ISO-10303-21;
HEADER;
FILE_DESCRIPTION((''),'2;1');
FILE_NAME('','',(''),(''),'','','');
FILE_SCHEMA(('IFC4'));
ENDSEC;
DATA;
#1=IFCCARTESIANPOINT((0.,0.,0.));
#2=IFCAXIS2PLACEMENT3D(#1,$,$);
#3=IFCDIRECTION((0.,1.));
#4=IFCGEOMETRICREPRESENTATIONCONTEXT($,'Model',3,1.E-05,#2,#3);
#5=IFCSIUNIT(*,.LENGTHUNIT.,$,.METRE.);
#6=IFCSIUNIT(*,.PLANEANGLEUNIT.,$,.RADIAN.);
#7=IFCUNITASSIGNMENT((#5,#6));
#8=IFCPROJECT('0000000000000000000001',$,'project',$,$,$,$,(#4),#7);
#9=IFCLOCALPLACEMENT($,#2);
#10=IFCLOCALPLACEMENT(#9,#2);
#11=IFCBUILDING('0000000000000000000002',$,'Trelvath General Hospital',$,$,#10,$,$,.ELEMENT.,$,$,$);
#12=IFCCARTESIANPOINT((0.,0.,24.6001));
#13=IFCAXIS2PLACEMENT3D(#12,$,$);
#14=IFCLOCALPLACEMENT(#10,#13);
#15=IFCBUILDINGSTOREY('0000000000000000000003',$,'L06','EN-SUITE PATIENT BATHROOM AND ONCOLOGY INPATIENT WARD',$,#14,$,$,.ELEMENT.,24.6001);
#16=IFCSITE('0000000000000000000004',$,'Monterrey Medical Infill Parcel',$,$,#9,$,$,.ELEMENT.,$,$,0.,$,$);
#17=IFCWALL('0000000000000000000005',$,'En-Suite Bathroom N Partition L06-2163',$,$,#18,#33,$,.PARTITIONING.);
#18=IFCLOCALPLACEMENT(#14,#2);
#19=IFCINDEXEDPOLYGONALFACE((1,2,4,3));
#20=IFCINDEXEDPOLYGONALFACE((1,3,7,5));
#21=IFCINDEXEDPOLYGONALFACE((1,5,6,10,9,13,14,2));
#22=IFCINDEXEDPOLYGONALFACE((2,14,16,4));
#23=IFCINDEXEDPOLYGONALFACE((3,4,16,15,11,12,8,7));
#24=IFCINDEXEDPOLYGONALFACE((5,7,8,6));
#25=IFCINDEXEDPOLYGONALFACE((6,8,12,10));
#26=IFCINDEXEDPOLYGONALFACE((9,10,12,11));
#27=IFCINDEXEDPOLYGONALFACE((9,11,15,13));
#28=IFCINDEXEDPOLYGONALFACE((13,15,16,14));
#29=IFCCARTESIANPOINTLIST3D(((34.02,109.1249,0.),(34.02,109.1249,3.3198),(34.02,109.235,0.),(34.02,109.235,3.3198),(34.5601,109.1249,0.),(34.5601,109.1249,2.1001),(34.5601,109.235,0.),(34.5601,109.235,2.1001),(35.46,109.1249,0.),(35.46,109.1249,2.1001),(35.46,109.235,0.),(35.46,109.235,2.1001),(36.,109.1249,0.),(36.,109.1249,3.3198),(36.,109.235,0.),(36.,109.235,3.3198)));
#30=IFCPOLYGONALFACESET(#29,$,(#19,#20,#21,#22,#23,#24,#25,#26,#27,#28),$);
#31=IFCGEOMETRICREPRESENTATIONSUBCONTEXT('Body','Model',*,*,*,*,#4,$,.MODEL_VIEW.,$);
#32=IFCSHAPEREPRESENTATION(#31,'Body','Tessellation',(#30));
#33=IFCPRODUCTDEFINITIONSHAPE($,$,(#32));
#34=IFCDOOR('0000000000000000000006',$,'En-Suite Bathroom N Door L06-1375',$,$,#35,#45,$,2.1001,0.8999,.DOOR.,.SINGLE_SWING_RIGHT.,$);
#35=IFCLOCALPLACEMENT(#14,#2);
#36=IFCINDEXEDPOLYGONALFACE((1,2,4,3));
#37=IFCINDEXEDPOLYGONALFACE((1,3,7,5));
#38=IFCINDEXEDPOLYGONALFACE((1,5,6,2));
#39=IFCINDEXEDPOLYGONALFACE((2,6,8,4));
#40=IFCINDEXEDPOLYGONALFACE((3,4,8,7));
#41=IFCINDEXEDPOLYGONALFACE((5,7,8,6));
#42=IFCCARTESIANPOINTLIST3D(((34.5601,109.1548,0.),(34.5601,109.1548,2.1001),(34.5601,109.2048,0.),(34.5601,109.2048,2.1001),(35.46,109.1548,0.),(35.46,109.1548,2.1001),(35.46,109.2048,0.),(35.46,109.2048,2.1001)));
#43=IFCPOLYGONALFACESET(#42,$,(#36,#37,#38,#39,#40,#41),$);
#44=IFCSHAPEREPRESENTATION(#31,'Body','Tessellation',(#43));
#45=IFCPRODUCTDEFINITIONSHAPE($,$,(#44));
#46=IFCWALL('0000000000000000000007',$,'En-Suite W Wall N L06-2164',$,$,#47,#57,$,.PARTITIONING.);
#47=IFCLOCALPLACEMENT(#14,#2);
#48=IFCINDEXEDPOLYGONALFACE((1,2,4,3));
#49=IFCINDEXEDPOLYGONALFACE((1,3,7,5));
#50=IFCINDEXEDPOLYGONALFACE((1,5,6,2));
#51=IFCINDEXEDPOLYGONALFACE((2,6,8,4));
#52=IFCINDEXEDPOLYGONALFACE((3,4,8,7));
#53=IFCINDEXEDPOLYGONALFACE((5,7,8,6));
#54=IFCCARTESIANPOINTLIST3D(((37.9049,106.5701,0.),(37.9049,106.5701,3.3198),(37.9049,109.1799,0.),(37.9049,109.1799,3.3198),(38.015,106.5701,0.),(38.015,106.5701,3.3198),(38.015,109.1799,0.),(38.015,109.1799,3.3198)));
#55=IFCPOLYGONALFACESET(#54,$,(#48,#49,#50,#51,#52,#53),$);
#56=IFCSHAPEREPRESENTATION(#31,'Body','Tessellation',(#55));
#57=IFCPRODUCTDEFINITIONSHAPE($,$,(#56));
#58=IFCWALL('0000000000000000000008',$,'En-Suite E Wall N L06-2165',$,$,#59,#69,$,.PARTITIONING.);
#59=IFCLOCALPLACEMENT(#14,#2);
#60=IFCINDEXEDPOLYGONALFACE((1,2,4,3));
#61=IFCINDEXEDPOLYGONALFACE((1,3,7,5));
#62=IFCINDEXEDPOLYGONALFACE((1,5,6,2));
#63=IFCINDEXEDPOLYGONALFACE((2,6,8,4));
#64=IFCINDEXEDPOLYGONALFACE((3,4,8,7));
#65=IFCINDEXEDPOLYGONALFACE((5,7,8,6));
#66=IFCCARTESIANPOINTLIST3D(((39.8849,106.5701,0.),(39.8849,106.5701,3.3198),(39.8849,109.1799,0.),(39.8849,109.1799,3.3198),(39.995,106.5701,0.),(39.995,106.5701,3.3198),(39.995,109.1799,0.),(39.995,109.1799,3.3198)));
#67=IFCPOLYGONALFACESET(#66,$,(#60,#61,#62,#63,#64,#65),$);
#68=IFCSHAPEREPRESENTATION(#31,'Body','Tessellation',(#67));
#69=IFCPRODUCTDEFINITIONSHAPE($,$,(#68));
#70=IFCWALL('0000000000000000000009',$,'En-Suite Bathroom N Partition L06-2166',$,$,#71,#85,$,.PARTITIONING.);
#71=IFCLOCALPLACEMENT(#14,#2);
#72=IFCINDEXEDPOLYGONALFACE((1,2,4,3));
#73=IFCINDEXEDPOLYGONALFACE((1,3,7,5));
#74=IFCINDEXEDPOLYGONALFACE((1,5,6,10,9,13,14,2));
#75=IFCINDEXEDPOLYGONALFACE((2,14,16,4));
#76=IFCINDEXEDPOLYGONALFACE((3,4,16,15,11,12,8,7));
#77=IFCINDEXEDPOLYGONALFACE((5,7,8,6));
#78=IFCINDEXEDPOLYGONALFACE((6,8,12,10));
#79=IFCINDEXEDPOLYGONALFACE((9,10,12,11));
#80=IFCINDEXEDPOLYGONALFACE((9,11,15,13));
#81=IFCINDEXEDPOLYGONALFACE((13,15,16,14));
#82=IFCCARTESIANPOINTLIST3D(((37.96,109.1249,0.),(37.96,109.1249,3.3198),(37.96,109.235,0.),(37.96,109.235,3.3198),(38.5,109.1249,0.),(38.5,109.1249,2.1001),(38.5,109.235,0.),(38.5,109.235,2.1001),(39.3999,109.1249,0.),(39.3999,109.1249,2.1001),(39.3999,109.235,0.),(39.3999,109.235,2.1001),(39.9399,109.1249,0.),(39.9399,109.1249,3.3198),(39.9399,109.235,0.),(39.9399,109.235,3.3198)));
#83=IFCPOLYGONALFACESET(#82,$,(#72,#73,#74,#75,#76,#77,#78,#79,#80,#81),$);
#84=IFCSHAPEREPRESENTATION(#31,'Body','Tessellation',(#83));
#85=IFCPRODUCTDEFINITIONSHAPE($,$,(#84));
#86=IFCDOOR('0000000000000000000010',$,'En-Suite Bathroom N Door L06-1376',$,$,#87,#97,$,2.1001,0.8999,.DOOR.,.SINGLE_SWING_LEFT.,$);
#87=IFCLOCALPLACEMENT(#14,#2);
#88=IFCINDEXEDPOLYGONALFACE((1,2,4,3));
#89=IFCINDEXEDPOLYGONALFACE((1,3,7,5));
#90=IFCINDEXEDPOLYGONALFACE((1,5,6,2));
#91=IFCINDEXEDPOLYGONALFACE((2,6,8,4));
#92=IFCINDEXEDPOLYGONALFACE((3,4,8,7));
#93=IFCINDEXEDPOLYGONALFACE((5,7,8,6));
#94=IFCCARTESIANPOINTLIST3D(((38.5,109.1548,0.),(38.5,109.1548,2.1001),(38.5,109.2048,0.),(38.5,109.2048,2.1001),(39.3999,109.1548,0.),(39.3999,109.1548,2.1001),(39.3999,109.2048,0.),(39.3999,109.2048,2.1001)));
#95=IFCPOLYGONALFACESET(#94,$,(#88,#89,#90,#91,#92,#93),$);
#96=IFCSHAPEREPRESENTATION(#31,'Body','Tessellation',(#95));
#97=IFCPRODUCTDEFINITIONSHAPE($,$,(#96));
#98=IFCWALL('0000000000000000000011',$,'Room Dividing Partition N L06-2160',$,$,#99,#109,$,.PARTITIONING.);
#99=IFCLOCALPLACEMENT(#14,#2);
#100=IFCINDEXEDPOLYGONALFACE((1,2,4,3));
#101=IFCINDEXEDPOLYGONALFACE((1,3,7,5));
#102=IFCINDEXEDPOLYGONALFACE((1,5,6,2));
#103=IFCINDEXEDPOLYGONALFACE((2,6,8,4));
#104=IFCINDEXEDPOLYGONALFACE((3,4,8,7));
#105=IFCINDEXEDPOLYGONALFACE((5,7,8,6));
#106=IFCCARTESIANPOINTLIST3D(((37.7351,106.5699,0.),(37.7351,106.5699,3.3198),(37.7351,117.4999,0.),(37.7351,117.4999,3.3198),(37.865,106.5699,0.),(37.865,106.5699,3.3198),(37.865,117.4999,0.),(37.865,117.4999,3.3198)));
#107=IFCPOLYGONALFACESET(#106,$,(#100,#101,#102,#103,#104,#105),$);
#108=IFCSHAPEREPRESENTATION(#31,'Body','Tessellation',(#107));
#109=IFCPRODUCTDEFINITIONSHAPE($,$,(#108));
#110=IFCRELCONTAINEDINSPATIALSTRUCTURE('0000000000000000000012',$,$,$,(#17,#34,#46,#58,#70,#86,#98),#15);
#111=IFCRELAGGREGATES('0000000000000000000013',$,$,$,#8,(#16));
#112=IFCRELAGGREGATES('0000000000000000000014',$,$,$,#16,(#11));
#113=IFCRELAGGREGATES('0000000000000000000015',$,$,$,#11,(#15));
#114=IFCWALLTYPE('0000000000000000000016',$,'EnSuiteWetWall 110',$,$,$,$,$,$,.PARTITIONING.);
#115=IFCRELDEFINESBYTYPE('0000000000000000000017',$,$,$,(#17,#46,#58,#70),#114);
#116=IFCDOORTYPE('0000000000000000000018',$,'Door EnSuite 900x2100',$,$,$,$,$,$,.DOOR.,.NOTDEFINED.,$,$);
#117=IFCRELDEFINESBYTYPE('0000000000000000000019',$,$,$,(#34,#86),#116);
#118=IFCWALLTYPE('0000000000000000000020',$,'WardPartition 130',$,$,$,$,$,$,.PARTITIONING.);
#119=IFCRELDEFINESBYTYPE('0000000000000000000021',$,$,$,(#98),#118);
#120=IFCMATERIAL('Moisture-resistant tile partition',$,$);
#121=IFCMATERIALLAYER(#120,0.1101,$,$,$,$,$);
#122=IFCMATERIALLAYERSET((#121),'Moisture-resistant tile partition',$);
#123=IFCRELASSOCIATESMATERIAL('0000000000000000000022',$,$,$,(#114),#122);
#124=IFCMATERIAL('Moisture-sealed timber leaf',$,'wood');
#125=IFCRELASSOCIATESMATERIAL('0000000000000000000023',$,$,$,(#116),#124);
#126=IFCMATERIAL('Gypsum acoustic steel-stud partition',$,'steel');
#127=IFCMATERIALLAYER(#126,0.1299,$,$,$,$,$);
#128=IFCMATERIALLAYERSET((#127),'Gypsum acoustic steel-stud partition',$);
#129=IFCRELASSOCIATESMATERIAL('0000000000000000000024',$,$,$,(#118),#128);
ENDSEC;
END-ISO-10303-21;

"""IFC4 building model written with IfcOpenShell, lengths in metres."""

from ifc_helpers import new_model, si_unit, direction, frame, frame_2d, origin, place, context, subcontext, project, spatial, rectangle, extrude, material, layer, layer_set, type_object, element, fill, save


model = new_model("IFC4")

# Units and contexts
model_context = context("Model", 3, precision=1e-05, world=origin(), true_north=direction((0.0, 1.0)))
body_context = subcontext(model_context, "Body", "Model", "MODEL_VIEW")
ifc_project = project(units=[si_unit("LENGTHUNIT", "METRE"), si_unit("PLANEANGLEUNIT", "RADIAN")], contexts=[model_context])

# Site, building, storey
site_placement = place(None, origin())
site = spatial("IfcSite", under=ifc_project, at=site_placement, Name="Monterrey Medical Infill Parcel", CompositionType="ELEMENT", RefElevation=0.0)
building_placement = place(site_placement, origin())
building = spatial("IfcBuilding", under=site, at=building_placement, Name="Trelvath General Hospital", CompositionType="ELEMENT")
storey_placement = place(building_placement, frame((0.0, 0.0, 24.6001)))
storey = spatial("IfcBuildingStorey", under=building, at=storey_placement, Name="L06", Description="EN-SUITE PATIENT BATHROOM AND ONCOLOGY INPATIENT WARD", CompositionType="ELEMENT", Elevation=24.6001)

# Shared definitions
ifc_material_1 = material(Name="Moisture-resistant tile partition")
ifc_layer_1 = layer(ifc_material_1, 0.1101)
ifc_layer_set_1 = layer_set([ifc_layer_1], Name="Moisture-resistant tile partition")
wall_type_1 = type_object("IfcWallType", Name="EnSuiteWetWall 110", PredefinedType="PARTITIONING", material=ifc_layer_set_1)

# Wall, opening, door
wall_1_placement = place(storey_placement, frame((34.02, 109.1799, 0.0), z_axis=(0.0, 0.0, 1.0), x_axis=(1.0, 0.0, 0.0)))
wall_1 = element("IfcWall", 1, at=wall_1_placement, inside=storey, type_object=wall_type_1, Name="En-Suite Bathroom N Partition L06-2163", PredefinedType="PARTITIONING", context=body_context, shape_type="SweptSolid", body=[
    extrude(rectangle(XDim=1.98, YDim=0.1101, at=frame_2d((0.99, 0.0))), origin(), (0.0, 0.0, 1.0), 3.3198),
])
opening_1_placement = place(wall_1_placement, frame((0.54, 0.0, 0.0)))
opening_1 = element("IfcOpeningElement", 2, at=opening_1_placement, cuts=wall_1, PredefinedType="OPENING", context=body_context, shape_type="SweptSolid", body=[
    extrude(rectangle(XDim=0.8999, YDim=2.1001, at=frame_2d((0.45, 1.05))), frame((0.0, 0.0649, 0.0), z_axis=(0.0, -1.0, 0.0), x_axis=(1.0, 0.0, 0.0)), (0.0, 0.0, 1.0), 0.1301),
])
ifc_material_2 = material(Name="Moisture-sealed timber leaf", Category="wood")
door_type_1 = type_object("IfcDoorType", Name="Door EnSuite 900x2100", OperationType="NOTDEFINED", PredefinedType="DOOR", material=ifc_material_2)
door_1_placement = place(opening_1_placement, origin())
door_1 = element("IfcDoor", 3, at=door_1_placement, inside=storey, type_object=door_type_1, Name="En-Suite Bathroom N Door L06-1375", OperationType="SINGLE_SWING_RIGHT", OverallHeight=2.1001, OverallWidth=0.8999, PredefinedType="DOOR", context=body_context, shape_type="SweptSolid", body=[
    extrude(rectangle(XDim=0.8999, YDim=2.1001, at=frame_2d((0.45, 1.05))), frame((0.0, 0.0249, 0.0), z_axis=(0.0, -1.0, 0.0), x_axis=(1.0, 0.0, 0.0)), (0.0, 0.0, 1.0), 0.05),
])
fill(opening_1, door_1)

# Walls
for number, where, z_axis, x_axis, name in (
    (4, (37.96, 106.5701, 0.0), (0.0, 0.0, 1.0), (0.0, 1.0, 0.0), "En-Suite W Wall N L06-2164"),
    (5, (39.9399, 106.5701, 0.0), (0.0, 0.0, 1.0), (0.0, 1.0, 0.0), "En-Suite E Wall N L06-2165"),
):
    element("IfcWall", number, at=place(storey_placement, frame(where, z_axis=z_axis, x_axis=x_axis)), inside=storey, type_object=wall_type_1, Name=name, PredefinedType="PARTITIONING", context=body_context, shape_type="SweptSolid", body=[
        extrude(rectangle(XDim=2.6099, YDim=0.1101, at=frame_2d((1.3049, 0.0))), origin(), (0.0, 0.0, 1.0), 3.3198),
    ])

# Wall, opening, door
wall_2_placement = place(storey_placement, frame((37.96, 109.1799, 0.0), z_axis=(0.0, 0.0, 1.0), x_axis=(1.0, 0.0, 0.0)))
wall_2 = element("IfcWall", 6, at=wall_2_placement, inside=storey, type_object=wall_type_1, Name="En-Suite Bathroom N Partition L06-2166", PredefinedType="PARTITIONING", context=body_context, shape_type="SweptSolid", body=[
    extrude(rectangle(XDim=1.98, YDim=0.1101, at=frame_2d((0.99, 0.0))), origin(), (0.0, 0.0, 1.0), 3.3198),
])
opening_2_placement = place(wall_2_placement, frame((0.54, 0.0, 0.0)))
opening_2 = element("IfcOpeningElement", 7, at=opening_2_placement, cuts=wall_2, PredefinedType="OPENING", context=body_context, shape_type="SweptSolid", body=[
    extrude(rectangle(XDim=0.8999, YDim=2.1001, at=frame_2d((0.45, 1.05))), frame((0.0, 0.0649, 0.0), z_axis=(0.0, -1.0, 0.0), x_axis=(1.0, 0.0, 0.0)), (0.0, 0.0, 1.0), 0.1301),
])
door_2_placement = place(opening_2_placement, origin())
door_2 = element("IfcDoor", 8, at=door_2_placement, inside=storey, type_object=door_type_1, Name="En-Suite Bathroom N Door L06-1376", OperationType="SINGLE_SWING_LEFT", OverallHeight=2.1001, OverallWidth=0.8999, PredefinedType="DOOR", context=body_context, shape_type="SweptSolid", body=[
    extrude(rectangle(XDim=0.8999, YDim=2.1001, at=frame_2d((0.45, 1.05))), frame((0.0, 0.0249, 0.0), z_axis=(0.0, -1.0, 0.0), x_axis=(1.0, 0.0, 0.0)), (0.0, 0.0, 1.0), 0.05),
])
fill(opening_2, door_2)

# Wall
ifc_material_3 = material(Name="Gypsum acoustic steel-stud partition", Category="steel")
ifc_layer_2 = layer(ifc_material_3, 0.1299)
ifc_layer_set_2 = layer_set([ifc_layer_2], Name="Gypsum acoustic steel-stud partition")
wall_type_2 = type_object("IfcWallType", Name="WardPartition 130", PredefinedType="PARTITIONING", material=ifc_layer_set_2)
wall_3_placement = place(storey_placement, frame((37.8, 106.5701, 0.0), z_axis=(0.0, 0.0, 1.0), x_axis=(0.0, 1.0, 0.0)))
element("IfcWall", 9, at=wall_3_placement, inside=storey, type_object=wall_type_2, Name="Room Dividing Partition N L06-2160", PredefinedType="PARTITIONING", context=body_context, shape_type="SweptSolid", body=[
    extrude(rectangle(XDim=10.9299, YDim=0.1299, at=frame_2d((5.4648, 0.0))), origin(), (0.0, 0.0, 1.0), 3.3198),
])

save(model, "model.ifc")
